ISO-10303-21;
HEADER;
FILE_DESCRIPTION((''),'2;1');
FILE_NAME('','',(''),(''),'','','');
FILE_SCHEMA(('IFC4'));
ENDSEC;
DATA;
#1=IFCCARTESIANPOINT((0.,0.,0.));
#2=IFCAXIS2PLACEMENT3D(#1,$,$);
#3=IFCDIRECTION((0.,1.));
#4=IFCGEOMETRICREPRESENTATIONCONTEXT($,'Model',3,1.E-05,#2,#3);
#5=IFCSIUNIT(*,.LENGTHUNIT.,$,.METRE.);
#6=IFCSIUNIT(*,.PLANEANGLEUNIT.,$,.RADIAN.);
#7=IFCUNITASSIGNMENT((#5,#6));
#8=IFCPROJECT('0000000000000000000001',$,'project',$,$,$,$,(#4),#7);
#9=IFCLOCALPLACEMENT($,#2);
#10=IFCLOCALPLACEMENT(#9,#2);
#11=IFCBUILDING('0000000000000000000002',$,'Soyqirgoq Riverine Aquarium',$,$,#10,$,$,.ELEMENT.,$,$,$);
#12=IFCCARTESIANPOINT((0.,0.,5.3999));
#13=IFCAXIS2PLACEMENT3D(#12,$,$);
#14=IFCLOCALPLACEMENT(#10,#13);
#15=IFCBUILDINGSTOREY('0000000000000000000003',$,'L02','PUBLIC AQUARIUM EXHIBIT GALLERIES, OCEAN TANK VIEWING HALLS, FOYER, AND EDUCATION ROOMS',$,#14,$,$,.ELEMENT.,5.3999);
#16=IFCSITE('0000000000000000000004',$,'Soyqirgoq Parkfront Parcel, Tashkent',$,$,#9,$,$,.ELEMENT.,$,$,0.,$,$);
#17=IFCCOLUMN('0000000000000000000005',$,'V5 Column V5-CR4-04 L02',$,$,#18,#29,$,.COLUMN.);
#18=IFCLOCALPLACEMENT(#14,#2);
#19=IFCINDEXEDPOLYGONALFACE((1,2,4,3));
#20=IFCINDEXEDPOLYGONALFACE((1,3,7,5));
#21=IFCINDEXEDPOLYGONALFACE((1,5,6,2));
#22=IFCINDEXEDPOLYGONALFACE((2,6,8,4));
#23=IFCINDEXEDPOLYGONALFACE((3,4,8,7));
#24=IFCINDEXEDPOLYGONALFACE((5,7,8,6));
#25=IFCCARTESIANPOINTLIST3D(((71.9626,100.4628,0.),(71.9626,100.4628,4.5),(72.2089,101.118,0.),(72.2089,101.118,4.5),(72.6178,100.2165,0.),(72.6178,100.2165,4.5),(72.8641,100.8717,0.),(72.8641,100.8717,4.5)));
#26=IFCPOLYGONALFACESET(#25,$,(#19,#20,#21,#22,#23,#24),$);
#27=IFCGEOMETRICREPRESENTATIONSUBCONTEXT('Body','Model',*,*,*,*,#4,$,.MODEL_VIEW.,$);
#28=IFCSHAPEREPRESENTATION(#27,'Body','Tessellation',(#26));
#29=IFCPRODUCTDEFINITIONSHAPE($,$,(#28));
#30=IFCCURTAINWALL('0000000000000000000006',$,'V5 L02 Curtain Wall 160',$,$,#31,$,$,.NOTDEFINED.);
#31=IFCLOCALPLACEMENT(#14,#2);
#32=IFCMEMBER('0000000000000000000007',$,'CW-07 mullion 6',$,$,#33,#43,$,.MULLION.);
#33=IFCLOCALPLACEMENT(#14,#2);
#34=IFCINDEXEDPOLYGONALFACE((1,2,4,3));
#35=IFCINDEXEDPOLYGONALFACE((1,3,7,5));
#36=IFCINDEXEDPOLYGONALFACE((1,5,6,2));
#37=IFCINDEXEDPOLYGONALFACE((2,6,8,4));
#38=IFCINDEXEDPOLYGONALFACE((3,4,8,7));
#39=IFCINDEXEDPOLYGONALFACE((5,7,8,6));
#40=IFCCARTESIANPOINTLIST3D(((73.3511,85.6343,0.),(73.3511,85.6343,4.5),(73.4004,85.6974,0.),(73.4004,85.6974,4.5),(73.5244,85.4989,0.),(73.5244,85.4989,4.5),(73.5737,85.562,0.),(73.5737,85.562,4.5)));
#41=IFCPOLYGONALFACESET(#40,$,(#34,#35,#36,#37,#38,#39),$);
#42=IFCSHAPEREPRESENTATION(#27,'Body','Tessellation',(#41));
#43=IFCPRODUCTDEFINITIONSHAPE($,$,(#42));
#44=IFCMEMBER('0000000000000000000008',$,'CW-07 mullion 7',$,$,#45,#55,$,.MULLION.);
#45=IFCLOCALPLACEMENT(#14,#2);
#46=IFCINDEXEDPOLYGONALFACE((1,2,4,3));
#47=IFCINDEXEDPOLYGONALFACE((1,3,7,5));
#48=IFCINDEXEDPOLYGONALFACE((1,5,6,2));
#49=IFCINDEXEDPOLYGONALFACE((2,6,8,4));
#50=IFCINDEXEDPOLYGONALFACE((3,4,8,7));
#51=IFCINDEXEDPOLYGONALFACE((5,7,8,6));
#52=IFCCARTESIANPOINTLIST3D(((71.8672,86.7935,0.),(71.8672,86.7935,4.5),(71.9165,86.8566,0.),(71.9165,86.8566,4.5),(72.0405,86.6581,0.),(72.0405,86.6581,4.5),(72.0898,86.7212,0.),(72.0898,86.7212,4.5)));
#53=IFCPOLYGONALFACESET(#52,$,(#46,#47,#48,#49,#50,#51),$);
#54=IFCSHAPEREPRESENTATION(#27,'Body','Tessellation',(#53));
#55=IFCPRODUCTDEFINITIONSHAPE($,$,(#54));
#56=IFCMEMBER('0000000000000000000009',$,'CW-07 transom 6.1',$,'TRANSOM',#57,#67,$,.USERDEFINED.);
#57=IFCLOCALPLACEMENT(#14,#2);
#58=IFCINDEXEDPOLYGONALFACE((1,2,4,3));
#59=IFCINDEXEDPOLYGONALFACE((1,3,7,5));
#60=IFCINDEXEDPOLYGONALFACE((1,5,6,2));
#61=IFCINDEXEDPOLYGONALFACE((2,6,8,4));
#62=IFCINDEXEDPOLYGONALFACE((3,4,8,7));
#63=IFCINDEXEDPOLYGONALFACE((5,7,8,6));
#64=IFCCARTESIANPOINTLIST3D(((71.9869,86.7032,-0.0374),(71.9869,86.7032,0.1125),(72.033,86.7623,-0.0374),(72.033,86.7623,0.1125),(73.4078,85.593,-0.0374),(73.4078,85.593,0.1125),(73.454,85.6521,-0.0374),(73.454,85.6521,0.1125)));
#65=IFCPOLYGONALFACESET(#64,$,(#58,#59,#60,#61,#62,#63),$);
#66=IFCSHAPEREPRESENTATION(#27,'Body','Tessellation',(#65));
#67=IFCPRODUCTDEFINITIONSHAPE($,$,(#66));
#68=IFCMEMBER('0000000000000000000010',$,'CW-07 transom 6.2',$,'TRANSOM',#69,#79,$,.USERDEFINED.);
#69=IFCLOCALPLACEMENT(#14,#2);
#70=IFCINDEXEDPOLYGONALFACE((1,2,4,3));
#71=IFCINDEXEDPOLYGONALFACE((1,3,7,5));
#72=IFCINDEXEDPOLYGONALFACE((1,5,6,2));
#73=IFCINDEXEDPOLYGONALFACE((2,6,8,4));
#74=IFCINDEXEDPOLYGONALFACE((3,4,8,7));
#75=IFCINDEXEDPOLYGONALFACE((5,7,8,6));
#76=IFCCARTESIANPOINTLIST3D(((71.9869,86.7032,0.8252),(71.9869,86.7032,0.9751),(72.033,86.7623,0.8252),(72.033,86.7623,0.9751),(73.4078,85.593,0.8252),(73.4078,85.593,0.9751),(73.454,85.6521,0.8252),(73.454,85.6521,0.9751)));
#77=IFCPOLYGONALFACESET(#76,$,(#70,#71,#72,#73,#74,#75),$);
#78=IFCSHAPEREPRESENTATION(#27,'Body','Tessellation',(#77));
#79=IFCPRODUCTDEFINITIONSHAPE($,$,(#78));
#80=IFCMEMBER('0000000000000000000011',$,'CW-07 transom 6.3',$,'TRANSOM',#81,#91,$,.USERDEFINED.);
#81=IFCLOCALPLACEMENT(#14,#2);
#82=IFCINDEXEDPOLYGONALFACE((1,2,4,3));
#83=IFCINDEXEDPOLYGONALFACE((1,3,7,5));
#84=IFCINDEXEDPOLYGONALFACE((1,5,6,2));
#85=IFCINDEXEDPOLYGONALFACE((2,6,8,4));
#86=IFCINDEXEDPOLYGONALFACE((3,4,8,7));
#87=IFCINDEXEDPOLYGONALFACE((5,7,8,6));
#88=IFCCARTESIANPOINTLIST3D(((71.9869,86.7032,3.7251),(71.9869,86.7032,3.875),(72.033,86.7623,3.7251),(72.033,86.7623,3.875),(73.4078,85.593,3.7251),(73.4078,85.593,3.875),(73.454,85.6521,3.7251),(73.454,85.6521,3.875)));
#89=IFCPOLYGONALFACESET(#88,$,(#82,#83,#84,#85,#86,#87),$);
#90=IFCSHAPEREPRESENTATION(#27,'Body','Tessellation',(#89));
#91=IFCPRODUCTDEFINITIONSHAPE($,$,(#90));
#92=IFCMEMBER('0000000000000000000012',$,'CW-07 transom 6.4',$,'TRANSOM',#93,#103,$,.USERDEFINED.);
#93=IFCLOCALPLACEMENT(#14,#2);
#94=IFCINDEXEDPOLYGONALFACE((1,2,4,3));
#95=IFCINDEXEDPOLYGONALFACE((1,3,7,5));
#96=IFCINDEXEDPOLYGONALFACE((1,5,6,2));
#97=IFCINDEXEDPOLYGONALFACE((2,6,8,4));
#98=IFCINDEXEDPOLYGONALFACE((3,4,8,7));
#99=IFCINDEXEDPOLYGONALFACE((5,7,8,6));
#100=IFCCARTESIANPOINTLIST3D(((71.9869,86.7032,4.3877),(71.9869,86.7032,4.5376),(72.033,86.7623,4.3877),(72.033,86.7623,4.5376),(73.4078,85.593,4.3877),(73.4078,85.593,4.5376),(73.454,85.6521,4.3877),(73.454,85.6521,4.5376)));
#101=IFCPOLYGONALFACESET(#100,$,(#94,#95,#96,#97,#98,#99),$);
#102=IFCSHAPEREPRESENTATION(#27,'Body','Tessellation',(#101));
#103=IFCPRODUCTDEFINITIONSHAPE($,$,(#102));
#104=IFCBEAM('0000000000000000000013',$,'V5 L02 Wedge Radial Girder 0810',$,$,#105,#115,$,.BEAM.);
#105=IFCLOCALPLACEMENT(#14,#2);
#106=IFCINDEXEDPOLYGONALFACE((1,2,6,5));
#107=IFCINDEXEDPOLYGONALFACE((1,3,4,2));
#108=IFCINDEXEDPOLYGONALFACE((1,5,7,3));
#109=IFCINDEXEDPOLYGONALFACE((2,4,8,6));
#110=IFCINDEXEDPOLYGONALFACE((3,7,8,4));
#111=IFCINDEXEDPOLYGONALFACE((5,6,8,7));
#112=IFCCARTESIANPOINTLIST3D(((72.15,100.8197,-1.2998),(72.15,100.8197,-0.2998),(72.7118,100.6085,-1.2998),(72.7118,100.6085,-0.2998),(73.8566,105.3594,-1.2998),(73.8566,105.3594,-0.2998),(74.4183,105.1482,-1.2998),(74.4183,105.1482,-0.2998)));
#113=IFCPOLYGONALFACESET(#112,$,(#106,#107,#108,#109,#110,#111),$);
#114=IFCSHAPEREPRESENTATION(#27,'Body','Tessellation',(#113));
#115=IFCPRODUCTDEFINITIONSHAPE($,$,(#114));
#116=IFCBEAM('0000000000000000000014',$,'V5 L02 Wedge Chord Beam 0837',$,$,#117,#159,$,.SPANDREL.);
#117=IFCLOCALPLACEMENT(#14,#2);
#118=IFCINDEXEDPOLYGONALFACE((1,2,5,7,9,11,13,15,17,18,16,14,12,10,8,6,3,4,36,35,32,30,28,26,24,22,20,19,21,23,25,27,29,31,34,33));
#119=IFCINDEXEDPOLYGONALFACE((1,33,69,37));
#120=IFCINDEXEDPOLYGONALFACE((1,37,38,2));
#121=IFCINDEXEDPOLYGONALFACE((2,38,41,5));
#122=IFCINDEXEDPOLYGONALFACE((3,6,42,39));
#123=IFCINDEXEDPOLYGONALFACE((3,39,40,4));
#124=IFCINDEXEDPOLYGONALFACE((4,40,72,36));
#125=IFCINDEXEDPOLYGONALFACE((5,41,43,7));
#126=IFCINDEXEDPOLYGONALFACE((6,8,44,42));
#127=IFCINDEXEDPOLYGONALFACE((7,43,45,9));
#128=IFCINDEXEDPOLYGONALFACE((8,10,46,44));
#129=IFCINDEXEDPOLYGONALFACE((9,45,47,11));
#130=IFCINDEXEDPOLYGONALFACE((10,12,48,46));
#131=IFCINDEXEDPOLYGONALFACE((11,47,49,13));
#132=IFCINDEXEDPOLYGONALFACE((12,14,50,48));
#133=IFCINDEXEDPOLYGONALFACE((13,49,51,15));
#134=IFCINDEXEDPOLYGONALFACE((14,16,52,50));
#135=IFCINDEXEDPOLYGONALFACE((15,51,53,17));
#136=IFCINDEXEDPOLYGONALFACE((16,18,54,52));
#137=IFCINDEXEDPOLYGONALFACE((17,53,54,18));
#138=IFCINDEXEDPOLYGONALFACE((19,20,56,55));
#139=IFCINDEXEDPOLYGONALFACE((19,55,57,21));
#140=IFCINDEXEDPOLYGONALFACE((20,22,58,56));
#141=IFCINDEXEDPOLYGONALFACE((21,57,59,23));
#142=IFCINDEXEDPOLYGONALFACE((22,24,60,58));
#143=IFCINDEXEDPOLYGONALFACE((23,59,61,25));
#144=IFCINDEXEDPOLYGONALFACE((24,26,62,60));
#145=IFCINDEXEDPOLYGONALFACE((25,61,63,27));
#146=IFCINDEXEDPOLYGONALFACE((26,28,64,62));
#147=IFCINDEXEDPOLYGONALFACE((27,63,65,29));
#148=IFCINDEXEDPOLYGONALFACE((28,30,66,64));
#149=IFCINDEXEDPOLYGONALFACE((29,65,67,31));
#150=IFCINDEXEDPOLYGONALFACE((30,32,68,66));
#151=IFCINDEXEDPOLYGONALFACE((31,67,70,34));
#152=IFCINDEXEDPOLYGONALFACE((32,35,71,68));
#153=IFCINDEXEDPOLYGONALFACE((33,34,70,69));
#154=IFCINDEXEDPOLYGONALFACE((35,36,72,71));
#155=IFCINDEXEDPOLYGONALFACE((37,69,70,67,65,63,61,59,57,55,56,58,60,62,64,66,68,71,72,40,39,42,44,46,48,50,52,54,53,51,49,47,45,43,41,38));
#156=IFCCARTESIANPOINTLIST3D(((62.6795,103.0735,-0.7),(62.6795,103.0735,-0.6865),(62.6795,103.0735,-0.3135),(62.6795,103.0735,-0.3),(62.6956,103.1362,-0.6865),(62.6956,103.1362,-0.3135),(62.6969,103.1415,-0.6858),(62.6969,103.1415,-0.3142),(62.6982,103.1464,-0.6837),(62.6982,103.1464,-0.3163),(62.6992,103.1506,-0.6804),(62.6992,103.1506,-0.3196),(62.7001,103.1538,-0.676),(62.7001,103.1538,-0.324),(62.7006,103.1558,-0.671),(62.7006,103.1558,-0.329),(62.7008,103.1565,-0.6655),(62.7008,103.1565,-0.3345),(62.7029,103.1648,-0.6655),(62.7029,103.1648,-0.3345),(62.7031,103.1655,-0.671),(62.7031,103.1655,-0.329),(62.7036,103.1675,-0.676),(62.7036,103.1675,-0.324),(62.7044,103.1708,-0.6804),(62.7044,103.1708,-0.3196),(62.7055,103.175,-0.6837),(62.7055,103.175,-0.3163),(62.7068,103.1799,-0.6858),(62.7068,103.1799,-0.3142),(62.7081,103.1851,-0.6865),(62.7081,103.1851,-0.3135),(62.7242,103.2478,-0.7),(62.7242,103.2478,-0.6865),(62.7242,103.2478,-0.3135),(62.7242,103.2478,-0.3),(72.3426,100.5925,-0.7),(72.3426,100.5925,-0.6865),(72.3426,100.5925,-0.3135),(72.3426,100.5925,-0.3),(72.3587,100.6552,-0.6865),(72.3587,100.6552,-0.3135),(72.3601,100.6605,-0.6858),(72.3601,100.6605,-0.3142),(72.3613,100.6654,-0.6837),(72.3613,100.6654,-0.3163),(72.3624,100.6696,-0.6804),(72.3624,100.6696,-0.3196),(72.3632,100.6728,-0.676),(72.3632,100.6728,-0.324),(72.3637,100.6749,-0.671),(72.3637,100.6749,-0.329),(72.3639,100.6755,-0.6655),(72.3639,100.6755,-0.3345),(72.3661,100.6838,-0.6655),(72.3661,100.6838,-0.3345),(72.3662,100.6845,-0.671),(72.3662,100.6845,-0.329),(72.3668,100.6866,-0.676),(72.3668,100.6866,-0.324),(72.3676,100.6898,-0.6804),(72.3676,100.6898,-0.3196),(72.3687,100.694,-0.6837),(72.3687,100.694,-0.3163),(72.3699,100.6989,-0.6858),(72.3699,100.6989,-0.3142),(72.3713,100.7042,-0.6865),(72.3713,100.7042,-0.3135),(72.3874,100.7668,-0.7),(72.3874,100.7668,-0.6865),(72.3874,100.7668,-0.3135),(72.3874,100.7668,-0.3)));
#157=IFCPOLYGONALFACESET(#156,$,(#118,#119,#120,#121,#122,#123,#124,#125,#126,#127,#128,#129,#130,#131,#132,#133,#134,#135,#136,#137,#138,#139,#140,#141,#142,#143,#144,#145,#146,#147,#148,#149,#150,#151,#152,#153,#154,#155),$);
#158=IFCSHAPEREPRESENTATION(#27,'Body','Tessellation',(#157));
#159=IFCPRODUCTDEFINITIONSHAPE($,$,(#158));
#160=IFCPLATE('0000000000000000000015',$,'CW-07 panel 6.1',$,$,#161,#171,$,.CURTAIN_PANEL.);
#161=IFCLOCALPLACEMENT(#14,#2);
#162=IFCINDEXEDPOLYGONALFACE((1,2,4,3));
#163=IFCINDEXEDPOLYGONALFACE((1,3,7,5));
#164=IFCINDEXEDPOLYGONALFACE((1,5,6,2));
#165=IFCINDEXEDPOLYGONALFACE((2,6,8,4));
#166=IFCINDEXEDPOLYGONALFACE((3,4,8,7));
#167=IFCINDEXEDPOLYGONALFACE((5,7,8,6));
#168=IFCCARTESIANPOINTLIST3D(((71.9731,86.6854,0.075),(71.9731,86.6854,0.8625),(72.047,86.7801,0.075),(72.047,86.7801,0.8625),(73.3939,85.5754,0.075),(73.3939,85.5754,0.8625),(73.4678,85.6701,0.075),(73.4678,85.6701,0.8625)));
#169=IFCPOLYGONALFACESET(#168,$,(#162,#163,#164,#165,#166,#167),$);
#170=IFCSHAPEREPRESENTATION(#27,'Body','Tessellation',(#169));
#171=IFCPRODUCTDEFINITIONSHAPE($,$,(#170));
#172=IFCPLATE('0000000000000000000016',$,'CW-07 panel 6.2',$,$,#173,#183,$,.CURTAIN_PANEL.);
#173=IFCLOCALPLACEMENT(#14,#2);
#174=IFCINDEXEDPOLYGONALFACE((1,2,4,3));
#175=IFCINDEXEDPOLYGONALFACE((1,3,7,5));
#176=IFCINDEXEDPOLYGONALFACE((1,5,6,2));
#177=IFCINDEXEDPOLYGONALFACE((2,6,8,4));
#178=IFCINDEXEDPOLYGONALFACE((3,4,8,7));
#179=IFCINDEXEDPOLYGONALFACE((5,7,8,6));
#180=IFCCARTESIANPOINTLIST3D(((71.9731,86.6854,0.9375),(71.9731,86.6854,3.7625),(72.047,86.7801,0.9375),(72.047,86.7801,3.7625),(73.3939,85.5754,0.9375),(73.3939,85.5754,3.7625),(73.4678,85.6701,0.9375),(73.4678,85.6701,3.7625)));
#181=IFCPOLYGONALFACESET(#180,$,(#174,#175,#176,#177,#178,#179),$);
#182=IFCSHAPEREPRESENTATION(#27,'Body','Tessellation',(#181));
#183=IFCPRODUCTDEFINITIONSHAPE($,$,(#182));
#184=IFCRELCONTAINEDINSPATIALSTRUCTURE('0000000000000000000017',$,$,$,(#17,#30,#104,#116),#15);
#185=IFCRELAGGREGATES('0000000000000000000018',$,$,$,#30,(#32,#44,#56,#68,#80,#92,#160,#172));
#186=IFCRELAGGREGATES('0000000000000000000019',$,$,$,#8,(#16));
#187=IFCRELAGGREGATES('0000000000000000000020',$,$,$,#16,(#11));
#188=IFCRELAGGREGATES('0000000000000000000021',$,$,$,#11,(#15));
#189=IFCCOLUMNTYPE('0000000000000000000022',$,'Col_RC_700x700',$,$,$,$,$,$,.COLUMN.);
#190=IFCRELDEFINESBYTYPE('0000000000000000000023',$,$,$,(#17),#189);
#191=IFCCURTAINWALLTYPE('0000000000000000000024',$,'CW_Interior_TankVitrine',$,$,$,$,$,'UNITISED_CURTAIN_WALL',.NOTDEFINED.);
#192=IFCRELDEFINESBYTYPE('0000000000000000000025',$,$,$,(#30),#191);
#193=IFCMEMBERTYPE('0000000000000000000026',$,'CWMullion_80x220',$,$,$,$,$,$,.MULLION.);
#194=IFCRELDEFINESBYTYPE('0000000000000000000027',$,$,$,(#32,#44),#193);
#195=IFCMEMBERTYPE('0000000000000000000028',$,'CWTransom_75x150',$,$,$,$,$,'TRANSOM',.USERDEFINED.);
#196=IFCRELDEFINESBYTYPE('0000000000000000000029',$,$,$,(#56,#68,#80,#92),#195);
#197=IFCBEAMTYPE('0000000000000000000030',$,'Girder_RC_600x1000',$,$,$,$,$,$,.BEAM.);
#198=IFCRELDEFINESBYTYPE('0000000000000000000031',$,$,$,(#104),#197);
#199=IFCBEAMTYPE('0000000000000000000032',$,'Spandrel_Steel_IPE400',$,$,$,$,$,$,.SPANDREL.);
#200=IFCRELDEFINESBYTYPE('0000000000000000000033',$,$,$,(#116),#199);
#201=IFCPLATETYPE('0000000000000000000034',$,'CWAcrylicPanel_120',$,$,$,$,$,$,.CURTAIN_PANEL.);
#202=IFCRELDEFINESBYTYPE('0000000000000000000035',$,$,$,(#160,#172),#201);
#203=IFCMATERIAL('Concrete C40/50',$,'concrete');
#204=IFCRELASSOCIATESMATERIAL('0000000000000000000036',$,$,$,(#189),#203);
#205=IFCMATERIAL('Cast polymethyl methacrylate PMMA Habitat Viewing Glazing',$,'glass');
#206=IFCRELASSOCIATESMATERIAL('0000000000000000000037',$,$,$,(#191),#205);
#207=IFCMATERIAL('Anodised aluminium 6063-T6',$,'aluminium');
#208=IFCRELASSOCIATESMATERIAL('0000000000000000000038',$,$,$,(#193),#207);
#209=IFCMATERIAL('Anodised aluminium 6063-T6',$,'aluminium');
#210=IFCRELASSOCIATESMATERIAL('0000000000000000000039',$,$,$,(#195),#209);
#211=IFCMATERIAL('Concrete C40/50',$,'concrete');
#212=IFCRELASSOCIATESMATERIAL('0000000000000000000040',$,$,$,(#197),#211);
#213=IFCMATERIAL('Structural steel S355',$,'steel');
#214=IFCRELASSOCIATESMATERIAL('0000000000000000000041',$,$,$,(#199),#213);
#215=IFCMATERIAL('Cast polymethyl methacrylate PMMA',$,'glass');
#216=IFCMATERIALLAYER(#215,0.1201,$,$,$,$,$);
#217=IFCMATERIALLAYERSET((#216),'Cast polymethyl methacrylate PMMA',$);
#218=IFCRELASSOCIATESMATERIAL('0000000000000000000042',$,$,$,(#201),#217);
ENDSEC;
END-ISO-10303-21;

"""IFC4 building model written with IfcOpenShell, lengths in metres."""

from ifc_helpers import new_model, si_unit, direction, frame, origin, origin_2d, place, context, subcontext, project, spatial, rectangle, i_section, extrude, material, layer, layer_set, material_profile, profile_set, type_object, element, aggregate, save


model = new_model("IFC4")

# Units and contexts
model_context = context("Model", 3, precision=1e-05, world=origin(), true_north=direction((0.0, 1.0)))
body_context = subcontext(model_context, "Body", "Model", "MODEL_VIEW")
ifc_project = project(units=[si_unit("LENGTHUNIT", "METRE"), si_unit("PLANEANGLEUNIT", "RADIAN")], contexts=[model_context])

# Site, building, storey
site_placement = place(None, origin())
site = spatial("IfcSite", under=ifc_project, at=site_placement, Name="Soyqirgoq Parkfront Parcel, Tashkent", CompositionType="ELEMENT", RefElevation=0.0)
building_placement = place(site_placement, origin())
building = spatial("IfcBuilding", under=site, at=building_placement, Name="Soyqirgoq Riverine Aquarium", CompositionType="ELEMENT")
storey_placement = place(building_placement, frame((0.0, 0.0, 5.3999)))
storey = spatial("IfcBuildingStorey", under=building, at=storey_placement, Name="L02", Description="PUBLIC AQUARIUM EXHIBIT GALLERIES, OCEAN TANK VIEWING HALLS, FOYER, AND EDUCATION ROOMS", CompositionType="ELEMENT", Elevation=5.3999)

# Column
ifc_material_1 = material(Name="Concrete C40/50", Category="concrete")
ifc_material_profile_1 = material_profile(ifc_material_1, rectangle(XDim=0.7, YDim=0.7, at=origin_2d()), Name="RC 700x700")
ifc_profile_set_1 = profile_set([ifc_material_profile_1], Name="Concrete C40/50")
column_type = type_object("IfcColumnType", Name="Col_RC_700x700", PredefinedType="COLUMN", material=ifc_profile_set_1)
column_placement = place(storey_placement, frame((72.4133, 100.6672, 0.0), z_axis=(0.0, 0.0, 1.0), x_axis=(0.351842, 0.93606, 0.0)))
element("IfcColumn", 1, at=column_placement, inside=storey, type_object=column_type, Name="V5 Column V5-CR4-04 L02", PredefinedType="COLUMN", context=body_context, shape_type="SweptSolid", body=[
    extrude(rectangle(XDim=0.7, YDim=0.7, at=origin_2d()), origin(), (0.0, 0.0, 1.0), 4.5),
])

# Curtain wall, members
ifc_material_2 = material(Name="Cast polymethyl methacrylate PMMA Habitat Viewing Glazing", Category="glass")
curtain_wall_type = type_object("IfcCurtainWallType", Name="CW_Interior_TankVitrine", ElementType="UNITISED_CURTAIN_WALL", PredefinedType="NOTDEFINED", material=ifc_material_2)
curtain_wall_placement = place(storey_placement, origin())
curtain_wall = element("IfcCurtainWall", 2, at=curtain_wall_placement, inside=storey, type_object=curtain_wall_type, Name="V5 L02 Curtain Wall 160", PredefinedType="NOTDEFINED")
ifc_material_3 = material(Name="Anodised aluminium 6063-T6", Category="aluminium")
ifc_material_profile_2 = material_profile(ifc_material_3, rectangle(XDim=0.0801, YDim=0.22, at=origin_2d()), Name="ALU-M 80x220")
ifc_profile_set_2 = profile_set([ifc_material_profile_2], Name="Anodised aluminium 6063-T6")
member_type_1 = type_object("IfcMemberType", Name="CWMullion_80x220", PredefinedType="MULLION", material=ifc_profile_set_2)
member_1_placement = place(storey_placement, frame((73.4624, 85.5981, 0.0), z_axis=(0.0, 0.0, 1.0), x_axis=(-0.615655, -0.788016, 0.0)))
member_1 = element("IfcMember", 3, at=member_1_placement, type_object=member_type_1, Name="CW-07 mullion 6", PredefinedType="MULLION", context=body_context, shape_type="SweptSolid", body=[
    extrude(rectangle(XDim=0.0801, YDim=0.22, at=origin_2d()), origin(), (0.0, 0.0, 1.0), 4.5),
])
member_2_placement = place(storey_placement, frame((71.9785, 86.7573, 0.0), z_axis=(0.0, 0.0, 1.0), x_axis=(-0.615655, -0.788016, 0.0)))
member_2 = element("IfcMember", 4, at=member_2_placement, type_object=member_type_1, Name="CW-07 mullion 7", PredefinedType="MULLION", context=body_context, shape_type="SweptSolid", body=[
    extrude(rectangle(XDim=0.0801, YDim=0.22, at=origin_2d()), origin(), (0.0, 0.0, 1.0), 4.5),
])
ifc_material_4 = material(Name="Anodised aluminium 6063-T6", Category="aluminium")
ifc_material_profile_3 = material_profile(ifc_material_4, rectangle(XDim=0.075, YDim=0.1499, at=origin_2d()), Name="ALU-T 75x150")
ifc_profile_set_3 = profile_set([ifc_material_profile_3], Name="Anodised aluminium 6063-T6")
member_type_2 = type_object("IfcMemberType", Name="CWTransom_75x150", ElementType="TRANSOM", PredefinedType="USERDEFINED", material=ifc_profile_set_3)
member_3_placement = place(storey_placement, frame((73.4309, 85.6226, 0.0376), z_axis=(-0.788016, 0.615655, 0.0), x_axis=(-0.615655, -0.788016, 0.0)))
member_3 = element("IfcMember", 5, at=member_3_placement, type_object=member_type_2, Name="CW-07 transom 6.1", ObjectType="TRANSOM", PredefinedType="USERDEFINED", context=body_context, shape_type="SweptSolid", body=[
    extrude(rectangle(XDim=0.075, YDim=0.1499, at=origin_2d()), origin(), (0.0, 0.0, 1.0), 1.8032),
])
member_4_placement = place(storey_placement, frame((73.4309, 85.6226, 0.9001), z_axis=(-0.788016, 0.615655, 0.0), x_axis=(-0.615655, -0.788016, 0.0)))
member_4 = element("IfcMember", 6, at=member_4_placement, type_object=member_type_2, Name="CW-07 transom 6.2", ObjectType="TRANSOM", PredefinedType="USERDEFINED", context=body_context, shape_type="SweptSolid", body=[
    extrude(rectangle(XDim=0.075, YDim=0.1499, at=origin_2d()), origin(), (0.0, 0.0, 1.0), 1.8032),
])
member_5_placement = place(storey_placement, frame((73.4309, 85.6226, 3.8), z_axis=(-0.788016, 0.615655, 0.0), x_axis=(-0.615655, -0.788016, 0.0)))
member_5 = element("IfcMember", 7, at=member_5_placement, type_object=member_type_2, Name="CW-07 transom 6.3", ObjectType="TRANSOM", PredefinedType="USERDEFINED", context=body_context, shape_type="SweptSolid", body=[
    extrude(rectangle(XDim=0.075, YDim=0.1499, at=origin_2d()), origin(), (0.0, 0.0, 1.0), 1.8032),
])
member_6_placement = place(storey_placement, frame((73.4309, 85.6226, 4.4626), z_axis=(-0.788016, 0.615655, 0.0), x_axis=(-0.615655, -0.788016, 0.0)))
member_6 = element("IfcMember", 8, at=member_6_placement, type_object=member_type_2, Name="CW-07 transom 6.4", ObjectType="TRANSOM", PredefinedType="USERDEFINED", context=body_context, shape_type="SweptSolid", body=[
    extrude(rectangle(XDim=0.075, YDim=0.1499, at=origin_2d()), origin(), (0.0, 0.0, 1.0), 1.8032),
])

# Beams
ifc_material_5 = material(Name="Concrete C40/50", Category="concrete")
ifc_material_profile_4 = material_profile(ifc_material_5, rectangle(XDim=0.6001, YDim=1.0, at=origin_2d()), Name="RC 600x1000")
ifc_profile_set_4 = profile_set([ifc_material_profile_4], Name="Concrete C40/50")
beam_type_1 = type_object("IfcBeamType", Name="Girder_RC_600x1000", PredefinedType="BEAM", material=ifc_profile_set_4)
beam_1_placement = place(storey_placement, frame((72.4309, 100.7141, -0.7998), z_axis=(0.351868, 0.93605, 0.0), x_axis=(-0.93605, 0.351868, 0.0)))
element("IfcBeam", 9, at=beam_1_placement, inside=storey, type_object=beam_type_1, Name="V5 L02 Wedge Radial Girder 0810", PredefinedType="BEAM", context=body_context, shape_type="SweptSolid", body=[
    extrude(rectangle(XDim=0.6001, YDim=1.0, at=origin_2d()), origin(), (0.0, 0.0, 1.0), 4.8499),
])
ifc_material_6 = material(Name="Structural steel S355", Category="steel")
ifc_material_profile_5 = material_profile(ifc_material_6, i_section(OverallWidth=0.1799, OverallDepth=0.3999, WebThickness=0.0085, FlangeThickness=0.0134, FilletRadius=0.021, at=origin_2d()), Name="IPE 400")
ifc_profile_set_5 = profile_set([ifc_material_profile_5], Name="Structural steel S355")
beam_type_2 = type_object("IfcBeamType", Name="Spandrel_Steel_IPE400", PredefinedType="SPANDREL", material=ifc_profile_set_5)
beam_2_placement = place(storey_placement, frame((72.365, 100.6797, -0.5), z_axis=(-0.968586, 0.24868, 0.0), x_axis=(-0.24868, -0.968586, 0.0)))
element("IfcBeam", 10, at=beam_2_placement, inside=storey, type_object=beam_type_2, Name="V5 L02 Wedge Chord Beam 0837", PredefinedType="SPANDREL", context=body_context, shape_type="SweptSolid", body=[
    extrude(i_section(OverallWidth=0.1799, OverallDepth=0.3999, WebThickness=0.0085, FlangeThickness=0.0134, FilletRadius=0.021, at=origin_2d()), origin(), (0.0, 0.0, 1.0), 9.9766),
])

# Plates
ifc_material_7 = material(Name="Cast polymethyl methacrylate PMMA", Category="glass")
ifc_layer_1 = layer(ifc_material_7, 0.1201)
ifc_layer_set_1 = layer_set([ifc_layer_1], Name="Cast polymethyl methacrylate PMMA")
plate_type = type_object("IfcPlateType", Name="CWAcrylicPanel_120", PredefinedType="CURTAIN_PANEL", material=ifc_layer_set_1)
plate_1_placement = place(storey_placement, frame((72.7205, 86.1777, 0.075), z_axis=(0.0, 0.0, 1.0), x_axis=(-0.788016, 0.615655, 0.0)))
plate_1 = element("IfcPlate", 11, at=plate_1_placement, type_object=plate_type, Name="CW-07 panel 6.1", PredefinedType="CURTAIN_PANEL", context=body_context, shape_type="SweptSolid", body=[
    extrude(rectangle(XDim=1.803, YDim=0.1201, at=origin_2d()), origin(), (0.0, 0.0, 1.0), 0.7876),
])
plate_2_placement = place(storey_placement, frame((72.7205, 86.1777, 0.9375), z_axis=(0.0, 0.0, 1.0), x_axis=(-0.788016, 0.615655, 0.0)))
plate_2 = element("IfcPlate", 12, at=plate_2_placement, type_object=plate_type, Name="CW-07 panel 6.2", PredefinedType="CURTAIN_PANEL", context=body_context, shape_type="SweptSolid", body=[
    extrude(rectangle(XDim=1.803, YDim=0.1201, at=origin_2d()), origin(), (0.0, 0.0, 1.0), 2.825),
])
aggregate(curtain_wall, [member_1, member_2, member_3, member_4, member_5, member_6, plate_1, plate_2])

save(model, "model.ifc")
